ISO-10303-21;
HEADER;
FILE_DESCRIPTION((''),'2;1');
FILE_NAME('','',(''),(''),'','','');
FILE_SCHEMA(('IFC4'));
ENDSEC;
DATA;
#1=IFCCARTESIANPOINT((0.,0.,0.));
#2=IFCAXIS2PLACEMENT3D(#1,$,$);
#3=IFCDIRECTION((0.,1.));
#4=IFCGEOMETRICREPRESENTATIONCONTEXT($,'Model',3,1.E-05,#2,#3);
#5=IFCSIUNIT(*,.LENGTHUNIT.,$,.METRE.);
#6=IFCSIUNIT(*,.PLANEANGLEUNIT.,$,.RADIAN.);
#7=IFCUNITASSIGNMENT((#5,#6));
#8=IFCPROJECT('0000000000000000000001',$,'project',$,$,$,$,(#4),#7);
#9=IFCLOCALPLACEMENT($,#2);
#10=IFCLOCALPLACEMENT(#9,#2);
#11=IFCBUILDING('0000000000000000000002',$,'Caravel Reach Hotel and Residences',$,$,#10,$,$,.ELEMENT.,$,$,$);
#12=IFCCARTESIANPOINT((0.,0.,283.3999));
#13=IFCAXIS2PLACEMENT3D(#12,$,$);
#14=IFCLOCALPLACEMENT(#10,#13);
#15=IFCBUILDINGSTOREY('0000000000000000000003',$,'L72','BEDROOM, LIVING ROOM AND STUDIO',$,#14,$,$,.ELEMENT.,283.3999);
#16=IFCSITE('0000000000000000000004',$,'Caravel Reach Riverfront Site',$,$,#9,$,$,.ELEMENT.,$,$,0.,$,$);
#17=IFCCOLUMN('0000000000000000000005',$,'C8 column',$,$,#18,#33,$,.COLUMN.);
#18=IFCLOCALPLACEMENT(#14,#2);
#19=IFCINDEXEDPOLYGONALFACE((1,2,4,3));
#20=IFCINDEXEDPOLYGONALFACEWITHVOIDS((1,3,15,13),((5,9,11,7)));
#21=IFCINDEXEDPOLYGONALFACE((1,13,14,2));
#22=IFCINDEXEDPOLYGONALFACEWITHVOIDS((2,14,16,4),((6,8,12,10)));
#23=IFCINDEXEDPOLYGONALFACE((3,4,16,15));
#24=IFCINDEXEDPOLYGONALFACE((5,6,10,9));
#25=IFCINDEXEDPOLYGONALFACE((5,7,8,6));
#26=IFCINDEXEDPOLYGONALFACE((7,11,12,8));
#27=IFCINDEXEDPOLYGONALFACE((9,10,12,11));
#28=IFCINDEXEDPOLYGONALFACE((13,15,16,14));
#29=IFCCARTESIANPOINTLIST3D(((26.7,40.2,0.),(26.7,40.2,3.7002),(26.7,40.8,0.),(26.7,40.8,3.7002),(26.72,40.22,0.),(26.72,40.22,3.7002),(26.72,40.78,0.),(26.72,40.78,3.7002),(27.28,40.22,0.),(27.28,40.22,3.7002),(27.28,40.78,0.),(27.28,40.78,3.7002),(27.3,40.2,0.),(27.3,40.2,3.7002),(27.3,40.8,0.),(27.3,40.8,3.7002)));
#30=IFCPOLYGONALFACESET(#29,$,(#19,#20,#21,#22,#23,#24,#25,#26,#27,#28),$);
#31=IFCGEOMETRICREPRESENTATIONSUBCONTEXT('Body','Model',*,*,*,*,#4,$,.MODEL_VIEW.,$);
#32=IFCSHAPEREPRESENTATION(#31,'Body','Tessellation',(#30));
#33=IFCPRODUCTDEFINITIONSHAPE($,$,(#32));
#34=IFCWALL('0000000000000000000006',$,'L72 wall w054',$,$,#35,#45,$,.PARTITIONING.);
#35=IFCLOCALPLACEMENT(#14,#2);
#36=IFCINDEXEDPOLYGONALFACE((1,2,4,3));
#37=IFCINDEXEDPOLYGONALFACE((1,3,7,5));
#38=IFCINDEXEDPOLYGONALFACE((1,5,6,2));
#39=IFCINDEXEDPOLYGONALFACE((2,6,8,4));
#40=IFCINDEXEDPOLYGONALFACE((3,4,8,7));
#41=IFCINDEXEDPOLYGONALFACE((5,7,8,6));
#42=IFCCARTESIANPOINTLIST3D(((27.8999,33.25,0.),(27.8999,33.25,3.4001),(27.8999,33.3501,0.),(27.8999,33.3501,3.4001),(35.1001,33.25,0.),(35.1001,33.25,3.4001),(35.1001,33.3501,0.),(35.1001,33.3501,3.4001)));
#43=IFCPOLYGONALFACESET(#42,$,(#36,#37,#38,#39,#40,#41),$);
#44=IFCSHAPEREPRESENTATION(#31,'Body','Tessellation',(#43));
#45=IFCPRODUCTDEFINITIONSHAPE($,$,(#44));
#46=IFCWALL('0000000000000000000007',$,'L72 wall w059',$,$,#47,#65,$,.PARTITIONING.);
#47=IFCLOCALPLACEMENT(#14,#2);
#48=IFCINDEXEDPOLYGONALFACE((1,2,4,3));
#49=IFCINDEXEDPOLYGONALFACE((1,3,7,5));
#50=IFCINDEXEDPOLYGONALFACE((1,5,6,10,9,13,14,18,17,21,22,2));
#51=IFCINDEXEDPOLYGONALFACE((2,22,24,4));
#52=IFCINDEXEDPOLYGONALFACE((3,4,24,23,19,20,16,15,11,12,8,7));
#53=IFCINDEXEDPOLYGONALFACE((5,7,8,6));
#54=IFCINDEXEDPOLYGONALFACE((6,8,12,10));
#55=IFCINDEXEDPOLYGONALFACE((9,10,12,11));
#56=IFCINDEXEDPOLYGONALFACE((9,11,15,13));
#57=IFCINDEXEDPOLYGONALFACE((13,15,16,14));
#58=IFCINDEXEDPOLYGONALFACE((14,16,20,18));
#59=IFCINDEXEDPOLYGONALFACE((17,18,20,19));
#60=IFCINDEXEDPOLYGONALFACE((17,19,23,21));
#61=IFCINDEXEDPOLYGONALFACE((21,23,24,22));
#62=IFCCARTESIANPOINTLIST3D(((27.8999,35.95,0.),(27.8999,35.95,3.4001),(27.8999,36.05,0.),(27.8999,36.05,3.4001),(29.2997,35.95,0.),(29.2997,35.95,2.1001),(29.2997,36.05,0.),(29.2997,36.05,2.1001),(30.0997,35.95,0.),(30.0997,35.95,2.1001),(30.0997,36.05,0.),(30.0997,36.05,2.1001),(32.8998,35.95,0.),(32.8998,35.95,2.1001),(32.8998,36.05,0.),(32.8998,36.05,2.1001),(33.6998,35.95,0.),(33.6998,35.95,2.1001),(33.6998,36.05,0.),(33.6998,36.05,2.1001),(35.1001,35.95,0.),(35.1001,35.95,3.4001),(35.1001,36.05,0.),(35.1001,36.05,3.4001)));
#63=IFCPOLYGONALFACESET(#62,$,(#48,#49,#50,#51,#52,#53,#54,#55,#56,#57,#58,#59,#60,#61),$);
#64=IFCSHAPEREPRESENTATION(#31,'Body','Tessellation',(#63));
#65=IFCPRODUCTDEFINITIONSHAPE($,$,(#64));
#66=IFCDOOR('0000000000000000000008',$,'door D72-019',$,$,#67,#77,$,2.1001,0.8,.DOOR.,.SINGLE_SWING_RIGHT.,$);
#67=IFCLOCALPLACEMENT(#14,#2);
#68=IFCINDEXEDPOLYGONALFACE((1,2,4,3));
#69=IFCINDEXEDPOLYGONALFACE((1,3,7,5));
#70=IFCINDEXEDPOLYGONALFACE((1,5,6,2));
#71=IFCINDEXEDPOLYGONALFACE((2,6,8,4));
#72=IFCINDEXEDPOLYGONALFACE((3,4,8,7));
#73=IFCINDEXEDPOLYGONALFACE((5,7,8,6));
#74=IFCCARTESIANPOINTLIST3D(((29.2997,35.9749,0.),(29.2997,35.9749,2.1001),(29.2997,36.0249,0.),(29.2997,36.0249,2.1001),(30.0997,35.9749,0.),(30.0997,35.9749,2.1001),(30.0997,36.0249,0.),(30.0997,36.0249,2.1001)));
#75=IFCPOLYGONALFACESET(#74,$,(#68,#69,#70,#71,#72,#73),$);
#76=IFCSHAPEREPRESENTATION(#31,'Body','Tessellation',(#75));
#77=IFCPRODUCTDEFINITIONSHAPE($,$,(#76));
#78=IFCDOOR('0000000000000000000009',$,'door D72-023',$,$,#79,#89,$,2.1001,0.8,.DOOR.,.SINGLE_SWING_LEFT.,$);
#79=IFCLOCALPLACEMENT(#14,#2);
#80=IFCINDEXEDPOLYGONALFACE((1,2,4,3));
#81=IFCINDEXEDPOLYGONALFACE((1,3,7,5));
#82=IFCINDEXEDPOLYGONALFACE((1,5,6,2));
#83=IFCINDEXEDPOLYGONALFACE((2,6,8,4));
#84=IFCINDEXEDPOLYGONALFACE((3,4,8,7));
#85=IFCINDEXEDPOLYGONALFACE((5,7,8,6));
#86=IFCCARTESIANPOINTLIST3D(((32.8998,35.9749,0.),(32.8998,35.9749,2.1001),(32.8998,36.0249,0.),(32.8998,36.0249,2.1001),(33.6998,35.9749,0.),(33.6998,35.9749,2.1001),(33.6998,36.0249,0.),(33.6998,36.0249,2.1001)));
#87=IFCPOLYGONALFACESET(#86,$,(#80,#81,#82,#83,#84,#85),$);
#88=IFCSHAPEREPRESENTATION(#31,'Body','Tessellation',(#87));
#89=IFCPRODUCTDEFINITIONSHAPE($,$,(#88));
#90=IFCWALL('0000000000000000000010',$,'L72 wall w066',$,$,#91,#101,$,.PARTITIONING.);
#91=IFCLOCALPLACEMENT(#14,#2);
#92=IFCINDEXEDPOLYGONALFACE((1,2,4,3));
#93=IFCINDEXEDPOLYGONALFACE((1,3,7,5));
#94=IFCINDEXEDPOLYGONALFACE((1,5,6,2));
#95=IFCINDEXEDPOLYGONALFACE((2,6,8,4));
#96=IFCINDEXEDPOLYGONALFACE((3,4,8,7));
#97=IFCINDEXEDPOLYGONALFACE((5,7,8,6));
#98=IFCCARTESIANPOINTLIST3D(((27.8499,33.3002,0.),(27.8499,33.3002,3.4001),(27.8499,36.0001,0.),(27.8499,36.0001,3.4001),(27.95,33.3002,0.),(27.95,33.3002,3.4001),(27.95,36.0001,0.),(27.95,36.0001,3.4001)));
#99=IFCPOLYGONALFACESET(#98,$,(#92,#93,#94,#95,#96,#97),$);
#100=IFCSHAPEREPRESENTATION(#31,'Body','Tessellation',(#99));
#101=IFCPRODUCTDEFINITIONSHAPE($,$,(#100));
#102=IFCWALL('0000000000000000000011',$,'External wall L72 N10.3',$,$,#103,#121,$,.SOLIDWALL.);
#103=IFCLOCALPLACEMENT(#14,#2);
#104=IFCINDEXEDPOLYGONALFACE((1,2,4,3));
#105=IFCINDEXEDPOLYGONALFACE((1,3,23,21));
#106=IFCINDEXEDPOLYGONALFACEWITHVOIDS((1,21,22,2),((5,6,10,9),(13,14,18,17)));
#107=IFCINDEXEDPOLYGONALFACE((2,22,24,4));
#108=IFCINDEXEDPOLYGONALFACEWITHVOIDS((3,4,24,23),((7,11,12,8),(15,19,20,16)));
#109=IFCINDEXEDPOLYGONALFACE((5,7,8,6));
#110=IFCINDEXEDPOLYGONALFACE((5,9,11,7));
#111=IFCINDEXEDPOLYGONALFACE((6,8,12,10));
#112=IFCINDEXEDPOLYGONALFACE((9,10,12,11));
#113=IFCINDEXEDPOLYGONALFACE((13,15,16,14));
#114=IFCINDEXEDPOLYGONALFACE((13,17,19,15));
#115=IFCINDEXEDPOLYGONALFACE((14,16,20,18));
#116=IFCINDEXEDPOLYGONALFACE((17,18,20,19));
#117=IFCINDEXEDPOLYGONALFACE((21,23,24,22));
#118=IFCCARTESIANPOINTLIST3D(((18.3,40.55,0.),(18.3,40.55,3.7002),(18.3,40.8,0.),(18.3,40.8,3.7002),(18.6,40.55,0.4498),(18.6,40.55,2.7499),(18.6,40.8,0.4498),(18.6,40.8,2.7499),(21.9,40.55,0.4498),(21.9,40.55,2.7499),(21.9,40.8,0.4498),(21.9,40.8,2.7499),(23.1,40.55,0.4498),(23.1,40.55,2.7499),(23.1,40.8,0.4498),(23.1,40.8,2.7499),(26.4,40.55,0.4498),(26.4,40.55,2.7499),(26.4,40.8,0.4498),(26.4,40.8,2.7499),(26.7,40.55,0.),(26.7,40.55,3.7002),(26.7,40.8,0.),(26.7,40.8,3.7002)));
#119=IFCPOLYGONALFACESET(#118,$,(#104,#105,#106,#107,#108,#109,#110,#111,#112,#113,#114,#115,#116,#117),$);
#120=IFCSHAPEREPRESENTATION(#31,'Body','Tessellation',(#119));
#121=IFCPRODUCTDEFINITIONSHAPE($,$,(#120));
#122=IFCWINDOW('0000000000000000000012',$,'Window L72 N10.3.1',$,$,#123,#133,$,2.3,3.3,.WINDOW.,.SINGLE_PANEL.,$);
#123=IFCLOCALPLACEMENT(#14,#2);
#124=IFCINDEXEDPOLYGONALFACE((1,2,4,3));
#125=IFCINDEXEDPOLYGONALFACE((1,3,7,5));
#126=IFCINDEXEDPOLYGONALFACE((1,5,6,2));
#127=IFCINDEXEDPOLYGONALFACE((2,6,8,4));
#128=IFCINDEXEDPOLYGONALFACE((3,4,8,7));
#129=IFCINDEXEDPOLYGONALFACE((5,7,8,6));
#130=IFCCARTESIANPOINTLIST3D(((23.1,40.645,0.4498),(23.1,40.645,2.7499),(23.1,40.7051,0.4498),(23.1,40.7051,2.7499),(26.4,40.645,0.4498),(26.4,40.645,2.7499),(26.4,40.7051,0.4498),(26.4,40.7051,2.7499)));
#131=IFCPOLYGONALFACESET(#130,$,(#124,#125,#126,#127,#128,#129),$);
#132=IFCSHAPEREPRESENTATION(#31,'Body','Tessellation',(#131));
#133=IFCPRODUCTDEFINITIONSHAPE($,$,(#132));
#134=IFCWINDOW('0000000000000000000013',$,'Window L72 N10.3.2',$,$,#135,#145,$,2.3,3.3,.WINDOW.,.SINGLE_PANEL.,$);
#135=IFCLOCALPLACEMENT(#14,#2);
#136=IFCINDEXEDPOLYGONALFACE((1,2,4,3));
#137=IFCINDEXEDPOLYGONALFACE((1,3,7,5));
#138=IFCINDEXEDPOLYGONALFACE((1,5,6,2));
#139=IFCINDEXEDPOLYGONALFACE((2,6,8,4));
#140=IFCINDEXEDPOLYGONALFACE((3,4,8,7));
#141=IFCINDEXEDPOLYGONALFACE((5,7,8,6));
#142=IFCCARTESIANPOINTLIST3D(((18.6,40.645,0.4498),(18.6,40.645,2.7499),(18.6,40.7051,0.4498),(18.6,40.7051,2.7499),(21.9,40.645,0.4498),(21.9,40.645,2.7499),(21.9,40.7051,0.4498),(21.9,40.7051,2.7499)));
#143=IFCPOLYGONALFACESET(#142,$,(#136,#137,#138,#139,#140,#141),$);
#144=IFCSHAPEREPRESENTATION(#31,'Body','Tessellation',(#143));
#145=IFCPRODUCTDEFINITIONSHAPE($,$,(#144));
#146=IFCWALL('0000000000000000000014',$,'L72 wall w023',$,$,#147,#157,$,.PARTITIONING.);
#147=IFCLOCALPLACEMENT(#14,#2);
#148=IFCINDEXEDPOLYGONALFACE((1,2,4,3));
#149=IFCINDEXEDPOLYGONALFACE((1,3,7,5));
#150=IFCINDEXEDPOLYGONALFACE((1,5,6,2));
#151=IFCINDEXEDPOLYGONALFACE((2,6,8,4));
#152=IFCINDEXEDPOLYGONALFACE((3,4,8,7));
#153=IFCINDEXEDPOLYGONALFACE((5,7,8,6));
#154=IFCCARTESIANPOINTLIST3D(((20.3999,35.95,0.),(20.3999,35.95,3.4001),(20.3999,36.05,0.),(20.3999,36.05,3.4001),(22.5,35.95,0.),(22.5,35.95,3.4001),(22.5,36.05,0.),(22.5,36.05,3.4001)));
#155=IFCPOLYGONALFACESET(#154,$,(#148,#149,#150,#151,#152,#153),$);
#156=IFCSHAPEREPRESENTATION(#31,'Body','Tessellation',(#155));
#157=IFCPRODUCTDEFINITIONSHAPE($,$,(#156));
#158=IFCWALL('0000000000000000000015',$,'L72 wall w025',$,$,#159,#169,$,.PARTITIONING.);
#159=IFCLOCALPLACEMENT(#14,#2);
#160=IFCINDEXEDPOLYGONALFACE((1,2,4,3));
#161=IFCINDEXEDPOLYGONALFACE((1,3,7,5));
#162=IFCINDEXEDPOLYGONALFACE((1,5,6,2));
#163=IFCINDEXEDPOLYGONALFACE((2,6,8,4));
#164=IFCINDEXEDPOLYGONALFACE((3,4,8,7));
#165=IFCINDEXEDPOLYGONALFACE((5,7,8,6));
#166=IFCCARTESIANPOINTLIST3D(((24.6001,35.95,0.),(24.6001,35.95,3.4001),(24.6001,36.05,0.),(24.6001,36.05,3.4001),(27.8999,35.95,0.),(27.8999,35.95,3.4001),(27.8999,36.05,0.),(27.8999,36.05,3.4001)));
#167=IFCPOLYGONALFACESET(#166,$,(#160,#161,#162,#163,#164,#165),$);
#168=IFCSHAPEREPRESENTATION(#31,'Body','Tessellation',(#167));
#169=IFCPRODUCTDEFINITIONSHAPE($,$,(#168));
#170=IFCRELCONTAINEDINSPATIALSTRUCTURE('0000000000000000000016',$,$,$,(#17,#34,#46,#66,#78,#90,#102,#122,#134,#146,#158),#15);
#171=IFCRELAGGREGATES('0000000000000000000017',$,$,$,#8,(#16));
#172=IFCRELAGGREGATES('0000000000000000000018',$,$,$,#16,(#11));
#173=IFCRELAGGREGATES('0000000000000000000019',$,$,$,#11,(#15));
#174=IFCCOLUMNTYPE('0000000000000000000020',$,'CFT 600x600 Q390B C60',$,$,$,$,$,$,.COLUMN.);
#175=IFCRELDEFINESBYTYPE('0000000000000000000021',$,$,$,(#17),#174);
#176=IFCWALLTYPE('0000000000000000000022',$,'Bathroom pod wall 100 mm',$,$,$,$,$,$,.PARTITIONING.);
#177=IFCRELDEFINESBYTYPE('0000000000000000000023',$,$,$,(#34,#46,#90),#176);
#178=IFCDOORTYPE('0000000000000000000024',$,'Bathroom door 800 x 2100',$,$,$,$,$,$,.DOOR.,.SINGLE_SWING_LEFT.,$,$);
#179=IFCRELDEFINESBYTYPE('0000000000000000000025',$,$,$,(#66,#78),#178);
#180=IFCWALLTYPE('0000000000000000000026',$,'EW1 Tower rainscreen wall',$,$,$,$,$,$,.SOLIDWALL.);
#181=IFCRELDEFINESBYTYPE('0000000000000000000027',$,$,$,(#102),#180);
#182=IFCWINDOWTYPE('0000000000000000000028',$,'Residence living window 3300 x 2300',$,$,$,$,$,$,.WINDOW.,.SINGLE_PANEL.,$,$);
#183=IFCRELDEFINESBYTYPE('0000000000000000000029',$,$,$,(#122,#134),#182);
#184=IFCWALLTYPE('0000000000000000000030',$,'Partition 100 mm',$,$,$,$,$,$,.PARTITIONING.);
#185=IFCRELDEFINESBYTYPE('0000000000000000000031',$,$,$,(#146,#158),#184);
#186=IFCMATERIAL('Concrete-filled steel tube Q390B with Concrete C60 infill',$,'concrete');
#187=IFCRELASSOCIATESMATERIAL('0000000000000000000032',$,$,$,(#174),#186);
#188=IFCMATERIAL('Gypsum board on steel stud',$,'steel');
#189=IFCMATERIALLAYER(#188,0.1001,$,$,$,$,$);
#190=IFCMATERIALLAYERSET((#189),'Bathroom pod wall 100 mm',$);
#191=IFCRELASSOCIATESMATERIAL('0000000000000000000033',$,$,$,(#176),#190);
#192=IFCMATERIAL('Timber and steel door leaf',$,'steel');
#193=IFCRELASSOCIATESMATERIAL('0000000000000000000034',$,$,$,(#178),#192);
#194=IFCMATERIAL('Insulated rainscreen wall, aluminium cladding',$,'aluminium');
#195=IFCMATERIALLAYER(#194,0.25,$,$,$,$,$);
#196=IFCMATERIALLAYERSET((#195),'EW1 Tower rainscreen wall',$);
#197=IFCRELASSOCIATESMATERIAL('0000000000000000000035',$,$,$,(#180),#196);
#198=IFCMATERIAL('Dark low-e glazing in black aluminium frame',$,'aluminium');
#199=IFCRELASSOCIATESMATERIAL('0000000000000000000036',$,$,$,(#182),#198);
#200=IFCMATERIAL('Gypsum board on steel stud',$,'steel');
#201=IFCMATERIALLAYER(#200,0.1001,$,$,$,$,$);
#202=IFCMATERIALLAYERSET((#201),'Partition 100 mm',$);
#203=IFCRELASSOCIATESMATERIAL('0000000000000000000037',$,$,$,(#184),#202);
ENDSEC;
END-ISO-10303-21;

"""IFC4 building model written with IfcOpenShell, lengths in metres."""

from ifc_helpers import new_model, si_unit, direction, frame, frame_2d, origin, origin_2d, place, context, subcontext, project, spatial, rectangle, hollow_rectangle, extrude, material, layer, layer_set, material_profile, profile_set, type_object, element, fill, save


model = new_model("IFC4")

# Units and contexts
model_context = context("Model", 3, precision=1e-05, world=origin(), true_north=direction((0.0, 1.0)))
body_context = subcontext(model_context, "Body", "Model", "MODEL_VIEW")
ifc_project = project(units=[si_unit("LENGTHUNIT", "METRE"), si_unit("PLANEANGLEUNIT", "RADIAN")], contexts=[model_context])

# Site, building, storey
site_placement = place(None, origin())
site = spatial("IfcSite", under=ifc_project, at=site_placement, Name="Caravel Reach Riverfront Site", CompositionType="ELEMENT", RefElevation=0.0)
building_placement = place(site_placement, origin())
building = spatial("IfcBuilding", under=site, at=building_placement, Name="Caravel Reach Hotel and Residences", CompositionType="ELEMENT")
storey_placement = place(building_placement, frame((0.0, 0.0, 283.3999)))
storey = spatial("IfcBuildingStorey", under=building, at=storey_placement, Name="L72", Description="BEDROOM, LIVING ROOM AND STUDIO", CompositionType="ELEMENT", Elevation=283.3999)

# Column
ifc_material_1 = material(Name="Concrete-filled steel tube Q390B with Concrete C60 infill", Category="concrete")
ifc_material_profile = material_profile(ifc_material_1, hollow_rectangle(XDim=0.6001, YDim=0.6001, WallThickness=0.02, at=origin_2d()), Name="RHS 600x600x20")
ifc_profile_set = profile_set([ifc_material_profile], Name="Concrete-filled steel tube Q390B with Concrete C60 infill")
column_type = type_object("IfcColumnType", Name="CFT 600x600 Q390B C60", PredefinedType="COLUMN", material=ifc_profile_set)
column_placement = place(storey_placement, frame((27.0, 40.5, 0.0), z_axis=(0.0, 0.0, 1.0), x_axis=(1.0, 0.0, 0.0)))
element("IfcColumn", 1, at=column_placement, inside=storey, type_object=column_type, Name="C8 column", PredefinedType="COLUMN", context=body_context, shape_type="SweptSolid", body=[
    extrude(hollow_rectangle(XDim=0.6001, YDim=0.6001, WallThickness=0.02, at=origin_2d()), origin(), (0.0, 0.0, 1.0), 3.7002),
])

# Wall
ifc_material_2 = material(Name="Gypsum board on steel stud", Category="steel")
ifc_layer_1 = layer(ifc_material_2, 0.1001)
ifc_layer_set_1 = layer_set([ifc_layer_1], Name="Bathroom pod wall 100 mm")
wall_type_1 = type_object("IfcWallType", Name="Bathroom pod wall 100 mm", PredefinedType="PARTITIONING", material=ifc_layer_set_1)
wall_1_placement = place(storey_placement, frame((27.8999, 33.3, 0.0), z_axis=(0.0, 0.0, 1.0), x_axis=(1.0, 0.0, 0.0)))
element("IfcWall", 2, at=wall_1_placement, inside=storey, type_object=wall_type_1, Name="L72 wall w054", PredefinedType="PARTITIONING", context=body_context, shape_type="SweptSolid", body=[
    extrude(rectangle(XDim=7.2002, YDim=0.1001, at=frame_2d((3.6001, 0.0))), origin(), (0.0, 0.0, 1.0), 3.4001),
])

# Wall, openings, doors
wall_2_placement = place(storey_placement, frame((27.8999, 36.0, 0.0), z_axis=(0.0, 0.0, 1.0), x_axis=(1.0, 0.0, 0.0)))
wall_2 = element("IfcWall", 3, at=wall_2_placement, inside=storey, type_object=wall_type_1, Name="L72 wall w059", PredefinedType="PARTITIONING", context=body_context, shape_type="SweptSolid", body=[
    extrude(rectangle(XDim=7.2002, YDim=0.1001, at=frame_2d((3.6001, 0.0))), origin(), (0.0, 0.0, 1.0), 3.4001),
])
opening_1_placement = place(wall_2_placement, frame((1.3999, 0.0, 0.0)))
opening_1 = element("IfcOpeningElement", 4, at=opening_1_placement, cuts=wall_2, PredefinedType="OPENING", context=body_context, shape_type="SweptSolid", body=[
    extrude(rectangle(XDim=0.8, YDim=2.1001, at=frame_2d((0.3999, 1.05))), frame((0.0, 0.0601, 0.0), z_axis=(0.0, -1.0, 0.0), x_axis=(1.0, 0.0, 0.0)), (0.0, 0.0, 1.0), 0.1201),
])
opening_2_placement = place(wall_2_placement, frame((5.0, 0.0, 0.0)))
opening_2 = element("IfcOpeningElement", 5, at=opening_2_placement, cuts=wall_2, PredefinedType="OPENING", context=body_context, shape_type="SweptSolid", body=[
    extrude(rectangle(XDim=0.8, YDim=2.1001, at=frame_2d((0.3999, 1.05))), frame((0.0, 0.0601, 0.0), z_axis=(0.0, -1.0, 0.0), x_axis=(1.0, 0.0, 0.0)), (0.0, 0.0, 1.0), 0.1201),
])
ifc_material_3 = material(Name="Timber and steel door leaf", Category="steel")
door_type_1 = type_object("IfcDoorType", Name="Bathroom door 800 x 2100", OperationType="SINGLE_SWING_LEFT", PredefinedType="DOOR", material=ifc_material_3)
door_1_placement = place(opening_1_placement, origin())
door_1 = element("IfcDoor", 6, at=door_1_placement, inside=storey, type_object=door_type_1, Name="door D72-019", OperationType="SINGLE_SWING_RIGHT", OverallHeight=2.1001, OverallWidth=0.8, PredefinedType="DOOR", context=body_context, shape_type="SweptSolid", body=[
    extrude(rectangle(XDim=0.8, YDim=2.1001, at=frame_2d((0.3999, 1.05))), frame((0.0, 0.0249, 0.0), z_axis=(0.0, -1.0, 0.0), x_axis=(1.0, 0.0, 0.0)), (0.0, 0.0, 1.0), 0.05),
])
fill(opening_1, door_1)
door_2_placement = place(opening_2_placement, origin())
door_2 = element("IfcDoor", 7, at=door_2_placement, inside=storey, type_object=door_type_1, Name="door D72-023", OperationType="SINGLE_SWING_LEFT", OverallHeight=2.1001, OverallWidth=0.8, PredefinedType="DOOR", context=body_context, shape_type="SweptSolid", body=[
    extrude(rectangle(XDim=0.8, YDim=2.1001, at=frame_2d((0.3999, 1.05))), frame((0.0, 0.0249, 0.0), z_axis=(0.0, -1.0, 0.0), x_axis=(1.0, 0.0, 0.0)), (0.0, 0.0, 1.0), 0.05),
])
fill(opening_2, door_2)

# Wall
wall_3_placement = place(storey_placement, frame((27.8999, 33.3, 0.0), z_axis=(0.0, 0.0, 1.0), x_axis=(0.0, 1.0, 0.0)))
element("IfcWall", 8, at=wall_3_placement, inside=storey, type_object=wall_type_1, Name="L72 wall w066", PredefinedType="PARTITIONING", context=body_context, shape_type="SweptSolid", body=[
    extrude(rectangle(XDim=2.7, YDim=0.1001, at=frame_2d((1.3501, 0.0))), origin(), (0.0, 0.0, 1.0), 3.4001),
])

# Wall, openings, windows
ifc_material_4 = material(Name="Insulated rainscreen wall, aluminium cladding", Category="aluminium")
ifc_layer_2 = layer(ifc_material_4, 0.25)
ifc_layer_set_2 = layer_set([ifc_layer_2], Name="EW1 Tower rainscreen wall")
wall_type_2 = type_object("IfcWallType", Name="EW1 Tower rainscreen wall", PredefinedType="SOLIDWALL", material=ifc_layer_set_2)
wall_4_placement = place(storey_placement, frame((26.7, 40.675, 0.0), z_axis=(0.0, 0.0, 1.0), x_axis=(-1.0, 0.0, 0.0)))
wall_4 = element("IfcWall", 9, at=wall_4_placement, inside=storey, type_object=wall_type_2, Name="External wall L72 N10.3", PredefinedType="SOLIDWALL", context=body_context, shape_type="SweptSolid", body=[
    extrude(rectangle(XDim=8.3999, YDim=0.25, at=frame_2d((4.2, 0.0))), origin(), (0.0, 0.0, 1.0), 3.7002),
])
opening_3_placement = place(wall_4_placement, frame((0.3, 0.0, 0.45)))
opening_3 = element("IfcOpeningElement", 10, at=opening_3_placement, cuts=wall_4, PredefinedType="OPENING", context=body_context, shape_type="SweptSolid", body=[
    extrude(rectangle(XDim=3.3, YDim=2.3, at=frame_2d((1.6499, 1.1499))), frame((0.0, 0.135, 0.0), z_axis=(0.0, -1.0, 0.0), x_axis=(1.0, 0.0, 0.0)), (0.0, 0.0, 1.0), 0.27),
])
opening_4_placement = place(wall_4_placement, frame((4.8, 0.0, 0.45)))
opening_4 = element("IfcOpeningElement", 11, at=opening_4_placement, cuts=wall_4, PredefinedType="OPENING", context=body_context, shape_type="SweptSolid", body=[
    extrude(rectangle(XDim=3.3, YDim=2.3, at=frame_2d((1.6499, 1.1499))), frame((0.0, 0.135, 0.0), z_axis=(0.0, -1.0, 0.0), x_axis=(1.0, 0.0, 0.0)), (0.0, 0.0, 1.0), 0.27),
])
ifc_material_5 = material(Name="Dark low-e glazing in black aluminium frame", Category="aluminium")
window_type = type_object("IfcWindowType", Name="Residence living window 3300 x 2300", PartitioningType="SINGLE_PANEL", PredefinedType="WINDOW", material=ifc_material_5)
window_1_placement = place(opening_3_placement, origin())
window_1 = element("IfcWindow", 12, at=window_1_placement, inside=storey, type_object=window_type, Name="Window L72 N10.3.1", OverallHeight=2.3, OverallWidth=3.3, PartitioningType="SINGLE_PANEL", PredefinedType="WINDOW", context=body_context, shape_type="SweptSolid", body=[
    extrude(rectangle(XDim=3.3, YDim=2.3, at=frame_2d((1.6499, 1.1499))), frame((0.0, 0.03, 0.0), z_axis=(0.0, -1.0, 0.0), x_axis=(1.0, 0.0, 0.0)), (0.0, 0.0, 1.0), 0.0601),
])
fill(opening_3, window_1)
window_2_placement = place(opening_4_placement, origin())
window_2 = element("IfcWindow", 13, at=window_2_placement, inside=storey, type_object=window_type, Name="Window L72 N10.3.2", OverallHeight=2.3, OverallWidth=3.3, PartitioningType="SINGLE_PANEL", PredefinedType="WINDOW", context=body_context, shape_type="SweptSolid", body=[
    extrude(rectangle(XDim=3.3, YDim=2.3, at=frame_2d((1.6499, 1.1499))), frame((0.0, 0.03, 0.0), z_axis=(0.0, -1.0, 0.0), x_axis=(1.0, 0.0, 0.0)), (0.0, 0.0, 1.0), 0.0601),
])
fill(opening_4, window_2)

# Walls
ifc_material_6 = material(Name="Gypsum board on steel stud", Category="steel")
ifc_layer_3 = layer(ifc_material_6, 0.1001)
ifc_layer_set_3 = layer_set([ifc_layer_3], Name="Partition 100 mm")
wall_type_3 = type_object("IfcWallType", Name="Partition 100 mm", PredefinedType="PARTITIONING", material=ifc_layer_set_3)
wall_5_placement = place(storey_placement, frame((20.3999, 36.0, 0.0), z_axis=(0.0, 0.0, 1.0), x_axis=(1.0, 0.0, 0.0)))
element("IfcWall", 14, at=wall_5_placement, inside=storey, type_object=wall_type_3, Name="L72 wall w023", PredefinedType="PARTITIONING", context=body_context, shape_type="SweptSolid", body=[
    extrude(rectangle(XDim=2.1001, YDim=0.1001, at=frame_2d((1.05, 0.0))), origin(), (0.0, 0.0, 1.0), 3.4001),
])
wall_6_placement = place(storey_placement, frame((24.6001, 36.0, 0.0), z_axis=(0.0, 0.0, 1.0), x_axis=(1.0, 0.0, 0.0)))
element("IfcWall", 15, at=wall_6_placement, inside=storey, type_object=wall_type_3, Name="L72 wall w025", PredefinedType="PARTITIONING", context=body_context, shape_type="SweptSolid", body=[
    extrude(rectangle(XDim=3.2998, YDim=0.1001, at=frame_2d((1.6499, 0.0))), origin(), (0.0, 0.0, 1.0), 3.4001),
])

save(model, "model.ifc")
